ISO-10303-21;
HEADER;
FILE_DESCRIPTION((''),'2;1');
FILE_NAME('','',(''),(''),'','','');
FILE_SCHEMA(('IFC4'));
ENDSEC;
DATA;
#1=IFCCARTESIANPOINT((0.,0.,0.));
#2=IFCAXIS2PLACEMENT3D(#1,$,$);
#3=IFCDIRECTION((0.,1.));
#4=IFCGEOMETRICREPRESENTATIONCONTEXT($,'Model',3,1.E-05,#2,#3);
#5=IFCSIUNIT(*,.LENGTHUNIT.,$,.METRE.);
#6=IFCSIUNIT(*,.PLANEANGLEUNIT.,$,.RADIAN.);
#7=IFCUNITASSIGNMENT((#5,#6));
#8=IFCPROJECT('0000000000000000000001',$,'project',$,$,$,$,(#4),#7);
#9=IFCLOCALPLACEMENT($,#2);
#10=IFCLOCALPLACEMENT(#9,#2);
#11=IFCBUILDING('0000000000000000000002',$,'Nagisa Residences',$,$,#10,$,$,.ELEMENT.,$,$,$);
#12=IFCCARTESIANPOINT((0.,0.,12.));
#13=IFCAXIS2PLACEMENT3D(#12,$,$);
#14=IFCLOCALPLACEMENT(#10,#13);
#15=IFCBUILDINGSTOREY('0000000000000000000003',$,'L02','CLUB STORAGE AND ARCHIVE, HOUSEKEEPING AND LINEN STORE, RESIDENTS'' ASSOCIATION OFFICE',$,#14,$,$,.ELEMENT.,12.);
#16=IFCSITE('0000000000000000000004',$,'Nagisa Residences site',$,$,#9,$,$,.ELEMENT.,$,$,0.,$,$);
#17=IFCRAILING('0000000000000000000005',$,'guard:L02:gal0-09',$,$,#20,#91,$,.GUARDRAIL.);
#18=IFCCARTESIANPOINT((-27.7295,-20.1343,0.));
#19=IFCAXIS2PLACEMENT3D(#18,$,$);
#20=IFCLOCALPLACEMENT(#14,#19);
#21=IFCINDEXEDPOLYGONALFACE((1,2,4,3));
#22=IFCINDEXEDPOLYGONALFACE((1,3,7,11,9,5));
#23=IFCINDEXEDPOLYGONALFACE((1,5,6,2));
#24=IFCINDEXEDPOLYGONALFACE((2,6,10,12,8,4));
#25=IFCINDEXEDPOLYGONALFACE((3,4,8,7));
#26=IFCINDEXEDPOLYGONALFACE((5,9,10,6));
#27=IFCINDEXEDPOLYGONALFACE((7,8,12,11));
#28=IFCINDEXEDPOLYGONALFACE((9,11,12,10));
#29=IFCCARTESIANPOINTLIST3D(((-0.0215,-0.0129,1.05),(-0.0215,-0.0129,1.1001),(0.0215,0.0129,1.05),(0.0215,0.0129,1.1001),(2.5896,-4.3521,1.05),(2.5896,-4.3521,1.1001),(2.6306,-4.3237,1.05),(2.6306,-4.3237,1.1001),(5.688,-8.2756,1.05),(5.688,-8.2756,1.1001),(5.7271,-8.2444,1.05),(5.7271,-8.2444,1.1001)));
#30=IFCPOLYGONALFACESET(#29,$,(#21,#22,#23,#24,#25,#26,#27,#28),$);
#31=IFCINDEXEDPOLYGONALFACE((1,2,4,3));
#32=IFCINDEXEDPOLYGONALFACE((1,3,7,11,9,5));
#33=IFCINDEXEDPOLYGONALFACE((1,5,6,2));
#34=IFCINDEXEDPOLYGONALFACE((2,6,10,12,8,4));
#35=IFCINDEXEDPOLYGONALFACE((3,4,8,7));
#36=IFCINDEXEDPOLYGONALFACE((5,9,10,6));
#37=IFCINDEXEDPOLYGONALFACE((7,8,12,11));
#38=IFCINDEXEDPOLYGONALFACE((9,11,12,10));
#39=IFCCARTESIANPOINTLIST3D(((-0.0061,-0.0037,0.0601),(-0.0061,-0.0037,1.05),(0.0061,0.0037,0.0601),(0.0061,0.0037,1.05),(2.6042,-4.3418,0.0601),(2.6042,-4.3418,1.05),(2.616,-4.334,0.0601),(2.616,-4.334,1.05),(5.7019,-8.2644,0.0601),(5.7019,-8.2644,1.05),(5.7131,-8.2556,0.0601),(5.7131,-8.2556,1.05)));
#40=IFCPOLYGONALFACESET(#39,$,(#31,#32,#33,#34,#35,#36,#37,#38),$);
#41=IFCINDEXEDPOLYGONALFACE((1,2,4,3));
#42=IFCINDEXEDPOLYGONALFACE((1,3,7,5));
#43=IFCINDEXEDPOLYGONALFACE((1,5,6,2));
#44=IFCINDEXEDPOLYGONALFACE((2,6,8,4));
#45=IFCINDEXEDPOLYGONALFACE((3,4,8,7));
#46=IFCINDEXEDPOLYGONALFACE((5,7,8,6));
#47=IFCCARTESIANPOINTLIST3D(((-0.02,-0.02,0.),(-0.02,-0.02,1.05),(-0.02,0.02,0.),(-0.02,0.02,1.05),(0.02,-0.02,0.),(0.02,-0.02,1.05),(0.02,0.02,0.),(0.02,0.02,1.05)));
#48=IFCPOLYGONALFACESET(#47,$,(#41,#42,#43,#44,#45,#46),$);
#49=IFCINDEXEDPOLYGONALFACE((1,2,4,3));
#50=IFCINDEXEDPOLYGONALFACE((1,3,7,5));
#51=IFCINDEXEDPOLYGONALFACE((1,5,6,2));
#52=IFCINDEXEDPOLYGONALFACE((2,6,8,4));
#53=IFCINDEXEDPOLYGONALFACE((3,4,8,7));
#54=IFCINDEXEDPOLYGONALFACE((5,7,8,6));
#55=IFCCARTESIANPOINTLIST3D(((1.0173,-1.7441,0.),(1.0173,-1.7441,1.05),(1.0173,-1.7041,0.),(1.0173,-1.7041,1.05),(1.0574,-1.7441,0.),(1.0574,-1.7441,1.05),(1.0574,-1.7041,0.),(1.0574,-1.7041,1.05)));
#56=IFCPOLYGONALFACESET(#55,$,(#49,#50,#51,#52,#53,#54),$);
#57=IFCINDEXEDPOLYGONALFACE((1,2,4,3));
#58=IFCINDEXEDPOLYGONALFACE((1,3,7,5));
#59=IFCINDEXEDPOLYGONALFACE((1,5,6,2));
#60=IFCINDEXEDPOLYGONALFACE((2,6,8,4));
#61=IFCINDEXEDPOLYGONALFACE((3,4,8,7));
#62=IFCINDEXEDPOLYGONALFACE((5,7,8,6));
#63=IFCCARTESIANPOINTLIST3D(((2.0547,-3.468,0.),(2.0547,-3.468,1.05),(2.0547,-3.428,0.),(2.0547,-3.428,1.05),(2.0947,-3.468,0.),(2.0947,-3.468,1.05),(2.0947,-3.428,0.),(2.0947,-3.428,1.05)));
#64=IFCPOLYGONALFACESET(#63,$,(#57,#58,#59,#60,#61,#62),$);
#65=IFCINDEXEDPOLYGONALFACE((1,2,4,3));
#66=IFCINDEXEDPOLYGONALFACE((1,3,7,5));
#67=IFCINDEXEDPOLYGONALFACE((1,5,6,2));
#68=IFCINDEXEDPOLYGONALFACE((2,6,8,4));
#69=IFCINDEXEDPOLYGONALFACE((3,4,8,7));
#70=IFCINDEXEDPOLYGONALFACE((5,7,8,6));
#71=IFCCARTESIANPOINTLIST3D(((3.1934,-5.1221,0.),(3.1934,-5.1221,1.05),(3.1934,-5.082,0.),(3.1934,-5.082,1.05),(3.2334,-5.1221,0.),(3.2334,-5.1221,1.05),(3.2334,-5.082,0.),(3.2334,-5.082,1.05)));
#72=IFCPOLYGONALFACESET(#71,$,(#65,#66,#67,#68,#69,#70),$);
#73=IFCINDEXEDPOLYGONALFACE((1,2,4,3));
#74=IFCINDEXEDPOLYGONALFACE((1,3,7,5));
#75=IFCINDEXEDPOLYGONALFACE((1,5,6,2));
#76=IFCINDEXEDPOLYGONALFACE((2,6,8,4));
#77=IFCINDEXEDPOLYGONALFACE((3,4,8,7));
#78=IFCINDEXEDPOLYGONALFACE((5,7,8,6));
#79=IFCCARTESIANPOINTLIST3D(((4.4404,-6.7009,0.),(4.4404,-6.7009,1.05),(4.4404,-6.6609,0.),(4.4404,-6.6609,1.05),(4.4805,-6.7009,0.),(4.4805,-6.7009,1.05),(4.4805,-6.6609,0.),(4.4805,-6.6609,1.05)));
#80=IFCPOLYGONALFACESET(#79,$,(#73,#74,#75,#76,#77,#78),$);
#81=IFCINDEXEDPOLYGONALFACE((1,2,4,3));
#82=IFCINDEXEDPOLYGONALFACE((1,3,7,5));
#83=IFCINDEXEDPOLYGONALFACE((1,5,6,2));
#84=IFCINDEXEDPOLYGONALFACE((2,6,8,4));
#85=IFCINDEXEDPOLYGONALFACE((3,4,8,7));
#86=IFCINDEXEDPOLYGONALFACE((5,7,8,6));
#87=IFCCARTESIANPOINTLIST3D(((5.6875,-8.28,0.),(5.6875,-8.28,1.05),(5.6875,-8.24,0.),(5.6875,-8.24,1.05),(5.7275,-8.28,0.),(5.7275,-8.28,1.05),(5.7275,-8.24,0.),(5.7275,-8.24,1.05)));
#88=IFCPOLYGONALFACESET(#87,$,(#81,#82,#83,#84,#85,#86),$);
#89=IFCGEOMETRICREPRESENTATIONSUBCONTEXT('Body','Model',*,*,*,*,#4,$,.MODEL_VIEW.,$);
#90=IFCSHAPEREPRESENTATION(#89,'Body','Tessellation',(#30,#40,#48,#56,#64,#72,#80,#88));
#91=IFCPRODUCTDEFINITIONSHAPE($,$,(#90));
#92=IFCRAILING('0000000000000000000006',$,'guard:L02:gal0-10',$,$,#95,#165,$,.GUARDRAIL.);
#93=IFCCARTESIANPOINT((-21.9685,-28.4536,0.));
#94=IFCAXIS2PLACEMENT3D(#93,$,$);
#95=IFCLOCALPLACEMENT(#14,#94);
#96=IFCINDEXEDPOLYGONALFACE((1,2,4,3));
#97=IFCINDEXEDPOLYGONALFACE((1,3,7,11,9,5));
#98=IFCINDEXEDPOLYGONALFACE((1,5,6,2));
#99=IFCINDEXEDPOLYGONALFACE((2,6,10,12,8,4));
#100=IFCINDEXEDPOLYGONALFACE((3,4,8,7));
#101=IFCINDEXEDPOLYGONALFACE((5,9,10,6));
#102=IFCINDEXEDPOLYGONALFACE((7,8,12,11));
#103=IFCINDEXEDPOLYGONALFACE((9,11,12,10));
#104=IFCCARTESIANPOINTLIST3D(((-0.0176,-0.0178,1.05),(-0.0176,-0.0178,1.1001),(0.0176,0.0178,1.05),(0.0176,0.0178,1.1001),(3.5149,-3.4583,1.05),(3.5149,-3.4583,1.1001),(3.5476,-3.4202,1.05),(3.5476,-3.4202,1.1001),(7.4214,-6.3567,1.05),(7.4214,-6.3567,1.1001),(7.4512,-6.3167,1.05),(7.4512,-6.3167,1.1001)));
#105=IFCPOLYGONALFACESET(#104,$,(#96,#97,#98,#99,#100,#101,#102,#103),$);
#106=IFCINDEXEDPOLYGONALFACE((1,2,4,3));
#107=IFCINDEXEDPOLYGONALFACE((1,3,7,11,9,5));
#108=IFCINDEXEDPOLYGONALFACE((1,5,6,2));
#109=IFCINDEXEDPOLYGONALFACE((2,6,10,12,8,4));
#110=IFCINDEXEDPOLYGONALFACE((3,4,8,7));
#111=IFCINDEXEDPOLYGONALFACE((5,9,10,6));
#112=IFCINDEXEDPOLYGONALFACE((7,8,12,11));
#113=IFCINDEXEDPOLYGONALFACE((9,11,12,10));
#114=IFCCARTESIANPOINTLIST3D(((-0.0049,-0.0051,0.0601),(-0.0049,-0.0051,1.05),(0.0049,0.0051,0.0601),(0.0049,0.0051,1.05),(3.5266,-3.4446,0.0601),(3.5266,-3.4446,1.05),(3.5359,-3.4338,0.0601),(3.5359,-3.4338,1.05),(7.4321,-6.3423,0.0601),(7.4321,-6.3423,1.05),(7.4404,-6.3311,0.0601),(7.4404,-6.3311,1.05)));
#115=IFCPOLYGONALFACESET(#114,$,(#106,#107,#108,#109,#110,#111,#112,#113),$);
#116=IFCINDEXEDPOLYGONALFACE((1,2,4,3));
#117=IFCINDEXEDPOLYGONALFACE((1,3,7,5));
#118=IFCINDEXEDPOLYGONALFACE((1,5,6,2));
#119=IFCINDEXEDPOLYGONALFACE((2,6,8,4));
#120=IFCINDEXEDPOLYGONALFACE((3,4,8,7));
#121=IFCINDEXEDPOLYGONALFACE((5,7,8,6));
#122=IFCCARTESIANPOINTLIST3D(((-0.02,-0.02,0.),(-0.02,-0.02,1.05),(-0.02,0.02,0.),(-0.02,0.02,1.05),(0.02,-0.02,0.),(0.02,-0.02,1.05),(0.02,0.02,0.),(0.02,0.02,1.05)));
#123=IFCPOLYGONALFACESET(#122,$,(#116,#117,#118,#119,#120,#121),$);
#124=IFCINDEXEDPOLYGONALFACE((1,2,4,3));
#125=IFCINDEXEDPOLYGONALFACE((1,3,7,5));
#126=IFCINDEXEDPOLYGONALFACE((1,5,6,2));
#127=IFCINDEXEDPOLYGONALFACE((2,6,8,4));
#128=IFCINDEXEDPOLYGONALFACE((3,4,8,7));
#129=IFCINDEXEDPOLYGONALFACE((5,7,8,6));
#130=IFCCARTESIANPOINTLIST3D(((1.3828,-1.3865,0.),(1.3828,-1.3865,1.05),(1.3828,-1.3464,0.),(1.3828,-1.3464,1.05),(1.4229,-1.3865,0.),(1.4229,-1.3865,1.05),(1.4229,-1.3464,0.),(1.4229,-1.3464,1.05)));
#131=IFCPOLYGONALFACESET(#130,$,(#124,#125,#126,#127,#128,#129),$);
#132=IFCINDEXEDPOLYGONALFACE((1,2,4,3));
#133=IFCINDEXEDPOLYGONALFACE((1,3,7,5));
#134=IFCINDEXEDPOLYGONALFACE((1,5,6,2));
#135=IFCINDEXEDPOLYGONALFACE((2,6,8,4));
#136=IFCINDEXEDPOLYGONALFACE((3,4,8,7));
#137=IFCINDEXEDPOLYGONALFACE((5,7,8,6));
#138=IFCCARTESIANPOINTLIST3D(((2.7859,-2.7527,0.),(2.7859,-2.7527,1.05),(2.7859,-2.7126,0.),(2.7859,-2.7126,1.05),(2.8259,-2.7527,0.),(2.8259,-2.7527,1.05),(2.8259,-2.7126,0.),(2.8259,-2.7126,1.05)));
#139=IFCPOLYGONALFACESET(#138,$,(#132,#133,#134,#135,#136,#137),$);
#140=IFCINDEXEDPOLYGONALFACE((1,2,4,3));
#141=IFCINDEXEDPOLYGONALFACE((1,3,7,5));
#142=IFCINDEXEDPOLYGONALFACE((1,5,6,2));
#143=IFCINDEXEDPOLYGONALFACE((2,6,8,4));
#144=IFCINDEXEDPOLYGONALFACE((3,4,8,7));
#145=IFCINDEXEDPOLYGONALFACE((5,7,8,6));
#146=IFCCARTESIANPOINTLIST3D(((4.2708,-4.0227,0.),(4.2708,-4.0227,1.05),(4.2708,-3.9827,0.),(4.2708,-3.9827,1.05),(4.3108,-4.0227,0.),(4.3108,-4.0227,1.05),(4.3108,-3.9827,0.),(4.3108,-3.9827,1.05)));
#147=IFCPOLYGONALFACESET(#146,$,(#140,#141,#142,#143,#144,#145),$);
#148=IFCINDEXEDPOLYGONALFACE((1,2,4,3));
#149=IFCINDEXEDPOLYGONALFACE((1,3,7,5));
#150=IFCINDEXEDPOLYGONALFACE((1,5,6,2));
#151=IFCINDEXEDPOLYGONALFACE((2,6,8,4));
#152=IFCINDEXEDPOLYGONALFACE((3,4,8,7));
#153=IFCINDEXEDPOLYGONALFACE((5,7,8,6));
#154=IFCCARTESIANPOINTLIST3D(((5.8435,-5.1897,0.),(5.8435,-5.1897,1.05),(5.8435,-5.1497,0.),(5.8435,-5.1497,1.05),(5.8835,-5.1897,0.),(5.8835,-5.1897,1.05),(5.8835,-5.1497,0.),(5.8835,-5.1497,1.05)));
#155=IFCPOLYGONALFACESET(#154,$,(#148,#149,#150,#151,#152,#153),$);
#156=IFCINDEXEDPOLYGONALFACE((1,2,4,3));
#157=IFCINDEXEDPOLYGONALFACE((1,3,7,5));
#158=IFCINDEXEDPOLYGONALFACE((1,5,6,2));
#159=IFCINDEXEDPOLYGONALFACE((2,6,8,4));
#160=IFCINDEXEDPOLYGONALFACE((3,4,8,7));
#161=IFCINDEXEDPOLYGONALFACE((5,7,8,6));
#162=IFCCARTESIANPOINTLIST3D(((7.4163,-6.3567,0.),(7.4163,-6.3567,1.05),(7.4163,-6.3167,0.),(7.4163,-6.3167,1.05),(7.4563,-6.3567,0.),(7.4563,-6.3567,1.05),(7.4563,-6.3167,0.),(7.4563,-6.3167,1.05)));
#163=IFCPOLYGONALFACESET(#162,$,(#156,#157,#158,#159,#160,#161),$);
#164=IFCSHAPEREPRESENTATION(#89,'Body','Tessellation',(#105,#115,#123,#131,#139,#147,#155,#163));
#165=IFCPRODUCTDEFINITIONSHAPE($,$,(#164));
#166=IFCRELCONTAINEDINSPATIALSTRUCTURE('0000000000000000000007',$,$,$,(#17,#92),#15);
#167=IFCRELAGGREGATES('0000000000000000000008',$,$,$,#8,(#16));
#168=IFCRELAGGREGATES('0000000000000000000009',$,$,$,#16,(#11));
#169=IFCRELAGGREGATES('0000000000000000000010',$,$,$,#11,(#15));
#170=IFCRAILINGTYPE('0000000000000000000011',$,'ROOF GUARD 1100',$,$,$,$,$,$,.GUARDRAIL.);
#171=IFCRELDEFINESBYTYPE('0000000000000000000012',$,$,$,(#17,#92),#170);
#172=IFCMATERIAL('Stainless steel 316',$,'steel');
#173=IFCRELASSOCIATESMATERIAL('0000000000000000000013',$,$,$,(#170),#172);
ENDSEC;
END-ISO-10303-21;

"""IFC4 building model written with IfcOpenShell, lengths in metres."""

from ifc_helpers import new_model, si_unit, direction, frame, origin, origin_2d, place, context, subcontext, project, spatial, polyline, rectangle, outline, extrude, material, type_object, element, save


model = new_model("IFC4")

# Units and contexts
model_context = context("Model", 3, precision=1e-05, world=origin(), true_north=direction((0.0, 1.0)))
body_context = subcontext(model_context, "Body", "Model", "MODEL_VIEW")
ifc_project = project(units=[si_unit("LENGTHUNIT", "METRE"), si_unit("PLANEANGLEUNIT", "RADIAN")], contexts=[model_context])

# Site, building, storey
site_placement = place(None, origin())
site = spatial("IfcSite", under=ifc_project, at=site_placement, Name="Nagisa Residences site", CompositionType="ELEMENT", RefElevation=0.0)
building_placement = place(site_placement, origin())
building = spatial("IfcBuilding", under=site, at=building_placement, Name="Nagisa Residences", CompositionType="ELEMENT")
storey_placement = place(building_placement, frame((0.0, 0.0, 12.0)))
storey = spatial("IfcBuildingStorey", under=building, at=storey_placement, Name="L02", Description="CLUB STORAGE AND ARCHIVE, HOUSEKEEPING AND LINEN STORE, RESIDENTS' ASSOCIATION OFFICE", CompositionType="ELEMENT", Elevation=12.0)

# Railings
ifc_material_1 = material(Name="Stainless steel 316", Category="steel")
railing_type = type_object("IfcRailingType", Name="ROOF GUARD 1100", PredefinedType="GUARDRAIL", material=ifc_material_1)
railing_1_placement = place(storey_placement, frame((-27.7295, -20.1343, 0.0)))
element("IfcRailing", 1, at=railing_1_placement, inside=storey, type_object=railing_type, Name="guard:L02:gal0-09", PredefinedType="GUARDRAIL", context=body_context, shape_type="SweptSolid", body=[
    extrude(outline(polyline([(2.6306, -4.3237), (0.0215, 0.0129), (-0.0215, -0.0129), (2.5896, -4.3521), (5.688, -8.2756), (5.7271, -8.2444), (2.6306, -4.3237)])), frame((0.0, 0.0, 1.05)), (0.0, 0.0, 1.0), 0.05),
    extrude(outline(polyline([(2.616, -4.334), (0.0061, 0.0037), (-0.0061, -0.0037), (2.6042, -4.3418), (5.7019, -8.2644), (5.7131, -8.2556), (2.616, -4.334)])), frame((0.0, 0.0, 0.0601)), (0.0, 0.0, 1.0), 0.99),
    extrude(rectangle(XDim=0.04, YDim=0.04, at=origin_2d()), origin(), (0.0, 0.0, 1.0), 1.05),
    extrude(rectangle(XDim=0.04, YDim=0.04, at=origin_2d()), frame((1.0374, -1.7241, 0.0)), (0.0, 0.0, 1.0), 1.05),
    extrude(rectangle(XDim=0.04, YDim=0.04, at=origin_2d()), frame((2.0747, -3.448, 0.0)), (0.0, 0.0, 1.0), 1.05),
    extrude(rectangle(XDim=0.04, YDim=0.04, at=origin_2d()), frame((3.2134, -5.1021, 0.0)), (0.0, 0.0, 1.0), 1.05),
    extrude(rectangle(XDim=0.04, YDim=0.04, at=origin_2d()), frame((4.4604, -6.6809, 0.0)), (0.0, 0.0, 1.0), 1.05),
    extrude(rectangle(XDim=0.04, YDim=0.04, at=origin_2d()), frame((5.7075, -8.26, 0.0)), (0.0, 0.0, 1.0), 1.05),
])
railing_2_placement = place(storey_placement, frame((-21.9685, -28.4536, 0.0)))
element("IfcRailing", 2, at=railing_2_placement, inside=storey, type_object=railing_type, Name="guard:L02:gal0-10", PredefinedType="GUARDRAIL", context=body_context, shape_type="SweptSolid", body=[
    extrude(outline(polyline([(3.5476, -3.4202), (0.0176, 0.0178), (-0.0176, -0.0178), (3.5149, -3.4583), (7.4214, -6.3567), (7.4512, -6.3167), (3.5476, -3.4202)])), frame((0.0, 0.0, 1.05)), (0.0, 0.0, 1.0), 0.05),
    extrude(outline(polyline([(3.5359, -3.4338), (0.0049, 0.0051), (-0.0049, -0.0051), (3.5266, -3.4446), (7.4321, -6.3423), (7.4404, -6.3311), (3.5359, -3.4338)])), frame((0.0, 0.0, 0.0601)), (0.0, 0.0, 1.0), 0.99),
    extrude(rectangle(XDim=0.04, YDim=0.04, at=origin_2d()), origin(), (0.0, 0.0, 1.0), 1.05),
    extrude(rectangle(XDim=0.04, YDim=0.04, at=origin_2d()), frame((1.4028, -1.3665, 0.0)), (0.0, 0.0, 1.0), 1.05),
    extrude(rectangle(XDim=0.04, YDim=0.04, at=origin_2d()), frame((2.8059, -2.7327, 0.0)), (0.0, 0.0, 1.0), 1.05),
    extrude(rectangle(XDim=0.04, YDim=0.04, at=origin_2d()), frame((4.2908, -4.0027, 0.0)), (0.0, 0.0, 1.0), 1.05),
    extrude(rectangle(XDim=0.04, YDim=0.04, at=origin_2d()), frame((5.8635, -5.1697, 0.0)), (0.0, 0.0, 1.0), 1.05),
    extrude(rectangle(XDim=0.04, YDim=0.04, at=origin_2d()), frame((7.4363, -6.3367, 0.0)), (0.0, 0.0, 1.0), 1.05),
])

save(model, "model.ifc")
